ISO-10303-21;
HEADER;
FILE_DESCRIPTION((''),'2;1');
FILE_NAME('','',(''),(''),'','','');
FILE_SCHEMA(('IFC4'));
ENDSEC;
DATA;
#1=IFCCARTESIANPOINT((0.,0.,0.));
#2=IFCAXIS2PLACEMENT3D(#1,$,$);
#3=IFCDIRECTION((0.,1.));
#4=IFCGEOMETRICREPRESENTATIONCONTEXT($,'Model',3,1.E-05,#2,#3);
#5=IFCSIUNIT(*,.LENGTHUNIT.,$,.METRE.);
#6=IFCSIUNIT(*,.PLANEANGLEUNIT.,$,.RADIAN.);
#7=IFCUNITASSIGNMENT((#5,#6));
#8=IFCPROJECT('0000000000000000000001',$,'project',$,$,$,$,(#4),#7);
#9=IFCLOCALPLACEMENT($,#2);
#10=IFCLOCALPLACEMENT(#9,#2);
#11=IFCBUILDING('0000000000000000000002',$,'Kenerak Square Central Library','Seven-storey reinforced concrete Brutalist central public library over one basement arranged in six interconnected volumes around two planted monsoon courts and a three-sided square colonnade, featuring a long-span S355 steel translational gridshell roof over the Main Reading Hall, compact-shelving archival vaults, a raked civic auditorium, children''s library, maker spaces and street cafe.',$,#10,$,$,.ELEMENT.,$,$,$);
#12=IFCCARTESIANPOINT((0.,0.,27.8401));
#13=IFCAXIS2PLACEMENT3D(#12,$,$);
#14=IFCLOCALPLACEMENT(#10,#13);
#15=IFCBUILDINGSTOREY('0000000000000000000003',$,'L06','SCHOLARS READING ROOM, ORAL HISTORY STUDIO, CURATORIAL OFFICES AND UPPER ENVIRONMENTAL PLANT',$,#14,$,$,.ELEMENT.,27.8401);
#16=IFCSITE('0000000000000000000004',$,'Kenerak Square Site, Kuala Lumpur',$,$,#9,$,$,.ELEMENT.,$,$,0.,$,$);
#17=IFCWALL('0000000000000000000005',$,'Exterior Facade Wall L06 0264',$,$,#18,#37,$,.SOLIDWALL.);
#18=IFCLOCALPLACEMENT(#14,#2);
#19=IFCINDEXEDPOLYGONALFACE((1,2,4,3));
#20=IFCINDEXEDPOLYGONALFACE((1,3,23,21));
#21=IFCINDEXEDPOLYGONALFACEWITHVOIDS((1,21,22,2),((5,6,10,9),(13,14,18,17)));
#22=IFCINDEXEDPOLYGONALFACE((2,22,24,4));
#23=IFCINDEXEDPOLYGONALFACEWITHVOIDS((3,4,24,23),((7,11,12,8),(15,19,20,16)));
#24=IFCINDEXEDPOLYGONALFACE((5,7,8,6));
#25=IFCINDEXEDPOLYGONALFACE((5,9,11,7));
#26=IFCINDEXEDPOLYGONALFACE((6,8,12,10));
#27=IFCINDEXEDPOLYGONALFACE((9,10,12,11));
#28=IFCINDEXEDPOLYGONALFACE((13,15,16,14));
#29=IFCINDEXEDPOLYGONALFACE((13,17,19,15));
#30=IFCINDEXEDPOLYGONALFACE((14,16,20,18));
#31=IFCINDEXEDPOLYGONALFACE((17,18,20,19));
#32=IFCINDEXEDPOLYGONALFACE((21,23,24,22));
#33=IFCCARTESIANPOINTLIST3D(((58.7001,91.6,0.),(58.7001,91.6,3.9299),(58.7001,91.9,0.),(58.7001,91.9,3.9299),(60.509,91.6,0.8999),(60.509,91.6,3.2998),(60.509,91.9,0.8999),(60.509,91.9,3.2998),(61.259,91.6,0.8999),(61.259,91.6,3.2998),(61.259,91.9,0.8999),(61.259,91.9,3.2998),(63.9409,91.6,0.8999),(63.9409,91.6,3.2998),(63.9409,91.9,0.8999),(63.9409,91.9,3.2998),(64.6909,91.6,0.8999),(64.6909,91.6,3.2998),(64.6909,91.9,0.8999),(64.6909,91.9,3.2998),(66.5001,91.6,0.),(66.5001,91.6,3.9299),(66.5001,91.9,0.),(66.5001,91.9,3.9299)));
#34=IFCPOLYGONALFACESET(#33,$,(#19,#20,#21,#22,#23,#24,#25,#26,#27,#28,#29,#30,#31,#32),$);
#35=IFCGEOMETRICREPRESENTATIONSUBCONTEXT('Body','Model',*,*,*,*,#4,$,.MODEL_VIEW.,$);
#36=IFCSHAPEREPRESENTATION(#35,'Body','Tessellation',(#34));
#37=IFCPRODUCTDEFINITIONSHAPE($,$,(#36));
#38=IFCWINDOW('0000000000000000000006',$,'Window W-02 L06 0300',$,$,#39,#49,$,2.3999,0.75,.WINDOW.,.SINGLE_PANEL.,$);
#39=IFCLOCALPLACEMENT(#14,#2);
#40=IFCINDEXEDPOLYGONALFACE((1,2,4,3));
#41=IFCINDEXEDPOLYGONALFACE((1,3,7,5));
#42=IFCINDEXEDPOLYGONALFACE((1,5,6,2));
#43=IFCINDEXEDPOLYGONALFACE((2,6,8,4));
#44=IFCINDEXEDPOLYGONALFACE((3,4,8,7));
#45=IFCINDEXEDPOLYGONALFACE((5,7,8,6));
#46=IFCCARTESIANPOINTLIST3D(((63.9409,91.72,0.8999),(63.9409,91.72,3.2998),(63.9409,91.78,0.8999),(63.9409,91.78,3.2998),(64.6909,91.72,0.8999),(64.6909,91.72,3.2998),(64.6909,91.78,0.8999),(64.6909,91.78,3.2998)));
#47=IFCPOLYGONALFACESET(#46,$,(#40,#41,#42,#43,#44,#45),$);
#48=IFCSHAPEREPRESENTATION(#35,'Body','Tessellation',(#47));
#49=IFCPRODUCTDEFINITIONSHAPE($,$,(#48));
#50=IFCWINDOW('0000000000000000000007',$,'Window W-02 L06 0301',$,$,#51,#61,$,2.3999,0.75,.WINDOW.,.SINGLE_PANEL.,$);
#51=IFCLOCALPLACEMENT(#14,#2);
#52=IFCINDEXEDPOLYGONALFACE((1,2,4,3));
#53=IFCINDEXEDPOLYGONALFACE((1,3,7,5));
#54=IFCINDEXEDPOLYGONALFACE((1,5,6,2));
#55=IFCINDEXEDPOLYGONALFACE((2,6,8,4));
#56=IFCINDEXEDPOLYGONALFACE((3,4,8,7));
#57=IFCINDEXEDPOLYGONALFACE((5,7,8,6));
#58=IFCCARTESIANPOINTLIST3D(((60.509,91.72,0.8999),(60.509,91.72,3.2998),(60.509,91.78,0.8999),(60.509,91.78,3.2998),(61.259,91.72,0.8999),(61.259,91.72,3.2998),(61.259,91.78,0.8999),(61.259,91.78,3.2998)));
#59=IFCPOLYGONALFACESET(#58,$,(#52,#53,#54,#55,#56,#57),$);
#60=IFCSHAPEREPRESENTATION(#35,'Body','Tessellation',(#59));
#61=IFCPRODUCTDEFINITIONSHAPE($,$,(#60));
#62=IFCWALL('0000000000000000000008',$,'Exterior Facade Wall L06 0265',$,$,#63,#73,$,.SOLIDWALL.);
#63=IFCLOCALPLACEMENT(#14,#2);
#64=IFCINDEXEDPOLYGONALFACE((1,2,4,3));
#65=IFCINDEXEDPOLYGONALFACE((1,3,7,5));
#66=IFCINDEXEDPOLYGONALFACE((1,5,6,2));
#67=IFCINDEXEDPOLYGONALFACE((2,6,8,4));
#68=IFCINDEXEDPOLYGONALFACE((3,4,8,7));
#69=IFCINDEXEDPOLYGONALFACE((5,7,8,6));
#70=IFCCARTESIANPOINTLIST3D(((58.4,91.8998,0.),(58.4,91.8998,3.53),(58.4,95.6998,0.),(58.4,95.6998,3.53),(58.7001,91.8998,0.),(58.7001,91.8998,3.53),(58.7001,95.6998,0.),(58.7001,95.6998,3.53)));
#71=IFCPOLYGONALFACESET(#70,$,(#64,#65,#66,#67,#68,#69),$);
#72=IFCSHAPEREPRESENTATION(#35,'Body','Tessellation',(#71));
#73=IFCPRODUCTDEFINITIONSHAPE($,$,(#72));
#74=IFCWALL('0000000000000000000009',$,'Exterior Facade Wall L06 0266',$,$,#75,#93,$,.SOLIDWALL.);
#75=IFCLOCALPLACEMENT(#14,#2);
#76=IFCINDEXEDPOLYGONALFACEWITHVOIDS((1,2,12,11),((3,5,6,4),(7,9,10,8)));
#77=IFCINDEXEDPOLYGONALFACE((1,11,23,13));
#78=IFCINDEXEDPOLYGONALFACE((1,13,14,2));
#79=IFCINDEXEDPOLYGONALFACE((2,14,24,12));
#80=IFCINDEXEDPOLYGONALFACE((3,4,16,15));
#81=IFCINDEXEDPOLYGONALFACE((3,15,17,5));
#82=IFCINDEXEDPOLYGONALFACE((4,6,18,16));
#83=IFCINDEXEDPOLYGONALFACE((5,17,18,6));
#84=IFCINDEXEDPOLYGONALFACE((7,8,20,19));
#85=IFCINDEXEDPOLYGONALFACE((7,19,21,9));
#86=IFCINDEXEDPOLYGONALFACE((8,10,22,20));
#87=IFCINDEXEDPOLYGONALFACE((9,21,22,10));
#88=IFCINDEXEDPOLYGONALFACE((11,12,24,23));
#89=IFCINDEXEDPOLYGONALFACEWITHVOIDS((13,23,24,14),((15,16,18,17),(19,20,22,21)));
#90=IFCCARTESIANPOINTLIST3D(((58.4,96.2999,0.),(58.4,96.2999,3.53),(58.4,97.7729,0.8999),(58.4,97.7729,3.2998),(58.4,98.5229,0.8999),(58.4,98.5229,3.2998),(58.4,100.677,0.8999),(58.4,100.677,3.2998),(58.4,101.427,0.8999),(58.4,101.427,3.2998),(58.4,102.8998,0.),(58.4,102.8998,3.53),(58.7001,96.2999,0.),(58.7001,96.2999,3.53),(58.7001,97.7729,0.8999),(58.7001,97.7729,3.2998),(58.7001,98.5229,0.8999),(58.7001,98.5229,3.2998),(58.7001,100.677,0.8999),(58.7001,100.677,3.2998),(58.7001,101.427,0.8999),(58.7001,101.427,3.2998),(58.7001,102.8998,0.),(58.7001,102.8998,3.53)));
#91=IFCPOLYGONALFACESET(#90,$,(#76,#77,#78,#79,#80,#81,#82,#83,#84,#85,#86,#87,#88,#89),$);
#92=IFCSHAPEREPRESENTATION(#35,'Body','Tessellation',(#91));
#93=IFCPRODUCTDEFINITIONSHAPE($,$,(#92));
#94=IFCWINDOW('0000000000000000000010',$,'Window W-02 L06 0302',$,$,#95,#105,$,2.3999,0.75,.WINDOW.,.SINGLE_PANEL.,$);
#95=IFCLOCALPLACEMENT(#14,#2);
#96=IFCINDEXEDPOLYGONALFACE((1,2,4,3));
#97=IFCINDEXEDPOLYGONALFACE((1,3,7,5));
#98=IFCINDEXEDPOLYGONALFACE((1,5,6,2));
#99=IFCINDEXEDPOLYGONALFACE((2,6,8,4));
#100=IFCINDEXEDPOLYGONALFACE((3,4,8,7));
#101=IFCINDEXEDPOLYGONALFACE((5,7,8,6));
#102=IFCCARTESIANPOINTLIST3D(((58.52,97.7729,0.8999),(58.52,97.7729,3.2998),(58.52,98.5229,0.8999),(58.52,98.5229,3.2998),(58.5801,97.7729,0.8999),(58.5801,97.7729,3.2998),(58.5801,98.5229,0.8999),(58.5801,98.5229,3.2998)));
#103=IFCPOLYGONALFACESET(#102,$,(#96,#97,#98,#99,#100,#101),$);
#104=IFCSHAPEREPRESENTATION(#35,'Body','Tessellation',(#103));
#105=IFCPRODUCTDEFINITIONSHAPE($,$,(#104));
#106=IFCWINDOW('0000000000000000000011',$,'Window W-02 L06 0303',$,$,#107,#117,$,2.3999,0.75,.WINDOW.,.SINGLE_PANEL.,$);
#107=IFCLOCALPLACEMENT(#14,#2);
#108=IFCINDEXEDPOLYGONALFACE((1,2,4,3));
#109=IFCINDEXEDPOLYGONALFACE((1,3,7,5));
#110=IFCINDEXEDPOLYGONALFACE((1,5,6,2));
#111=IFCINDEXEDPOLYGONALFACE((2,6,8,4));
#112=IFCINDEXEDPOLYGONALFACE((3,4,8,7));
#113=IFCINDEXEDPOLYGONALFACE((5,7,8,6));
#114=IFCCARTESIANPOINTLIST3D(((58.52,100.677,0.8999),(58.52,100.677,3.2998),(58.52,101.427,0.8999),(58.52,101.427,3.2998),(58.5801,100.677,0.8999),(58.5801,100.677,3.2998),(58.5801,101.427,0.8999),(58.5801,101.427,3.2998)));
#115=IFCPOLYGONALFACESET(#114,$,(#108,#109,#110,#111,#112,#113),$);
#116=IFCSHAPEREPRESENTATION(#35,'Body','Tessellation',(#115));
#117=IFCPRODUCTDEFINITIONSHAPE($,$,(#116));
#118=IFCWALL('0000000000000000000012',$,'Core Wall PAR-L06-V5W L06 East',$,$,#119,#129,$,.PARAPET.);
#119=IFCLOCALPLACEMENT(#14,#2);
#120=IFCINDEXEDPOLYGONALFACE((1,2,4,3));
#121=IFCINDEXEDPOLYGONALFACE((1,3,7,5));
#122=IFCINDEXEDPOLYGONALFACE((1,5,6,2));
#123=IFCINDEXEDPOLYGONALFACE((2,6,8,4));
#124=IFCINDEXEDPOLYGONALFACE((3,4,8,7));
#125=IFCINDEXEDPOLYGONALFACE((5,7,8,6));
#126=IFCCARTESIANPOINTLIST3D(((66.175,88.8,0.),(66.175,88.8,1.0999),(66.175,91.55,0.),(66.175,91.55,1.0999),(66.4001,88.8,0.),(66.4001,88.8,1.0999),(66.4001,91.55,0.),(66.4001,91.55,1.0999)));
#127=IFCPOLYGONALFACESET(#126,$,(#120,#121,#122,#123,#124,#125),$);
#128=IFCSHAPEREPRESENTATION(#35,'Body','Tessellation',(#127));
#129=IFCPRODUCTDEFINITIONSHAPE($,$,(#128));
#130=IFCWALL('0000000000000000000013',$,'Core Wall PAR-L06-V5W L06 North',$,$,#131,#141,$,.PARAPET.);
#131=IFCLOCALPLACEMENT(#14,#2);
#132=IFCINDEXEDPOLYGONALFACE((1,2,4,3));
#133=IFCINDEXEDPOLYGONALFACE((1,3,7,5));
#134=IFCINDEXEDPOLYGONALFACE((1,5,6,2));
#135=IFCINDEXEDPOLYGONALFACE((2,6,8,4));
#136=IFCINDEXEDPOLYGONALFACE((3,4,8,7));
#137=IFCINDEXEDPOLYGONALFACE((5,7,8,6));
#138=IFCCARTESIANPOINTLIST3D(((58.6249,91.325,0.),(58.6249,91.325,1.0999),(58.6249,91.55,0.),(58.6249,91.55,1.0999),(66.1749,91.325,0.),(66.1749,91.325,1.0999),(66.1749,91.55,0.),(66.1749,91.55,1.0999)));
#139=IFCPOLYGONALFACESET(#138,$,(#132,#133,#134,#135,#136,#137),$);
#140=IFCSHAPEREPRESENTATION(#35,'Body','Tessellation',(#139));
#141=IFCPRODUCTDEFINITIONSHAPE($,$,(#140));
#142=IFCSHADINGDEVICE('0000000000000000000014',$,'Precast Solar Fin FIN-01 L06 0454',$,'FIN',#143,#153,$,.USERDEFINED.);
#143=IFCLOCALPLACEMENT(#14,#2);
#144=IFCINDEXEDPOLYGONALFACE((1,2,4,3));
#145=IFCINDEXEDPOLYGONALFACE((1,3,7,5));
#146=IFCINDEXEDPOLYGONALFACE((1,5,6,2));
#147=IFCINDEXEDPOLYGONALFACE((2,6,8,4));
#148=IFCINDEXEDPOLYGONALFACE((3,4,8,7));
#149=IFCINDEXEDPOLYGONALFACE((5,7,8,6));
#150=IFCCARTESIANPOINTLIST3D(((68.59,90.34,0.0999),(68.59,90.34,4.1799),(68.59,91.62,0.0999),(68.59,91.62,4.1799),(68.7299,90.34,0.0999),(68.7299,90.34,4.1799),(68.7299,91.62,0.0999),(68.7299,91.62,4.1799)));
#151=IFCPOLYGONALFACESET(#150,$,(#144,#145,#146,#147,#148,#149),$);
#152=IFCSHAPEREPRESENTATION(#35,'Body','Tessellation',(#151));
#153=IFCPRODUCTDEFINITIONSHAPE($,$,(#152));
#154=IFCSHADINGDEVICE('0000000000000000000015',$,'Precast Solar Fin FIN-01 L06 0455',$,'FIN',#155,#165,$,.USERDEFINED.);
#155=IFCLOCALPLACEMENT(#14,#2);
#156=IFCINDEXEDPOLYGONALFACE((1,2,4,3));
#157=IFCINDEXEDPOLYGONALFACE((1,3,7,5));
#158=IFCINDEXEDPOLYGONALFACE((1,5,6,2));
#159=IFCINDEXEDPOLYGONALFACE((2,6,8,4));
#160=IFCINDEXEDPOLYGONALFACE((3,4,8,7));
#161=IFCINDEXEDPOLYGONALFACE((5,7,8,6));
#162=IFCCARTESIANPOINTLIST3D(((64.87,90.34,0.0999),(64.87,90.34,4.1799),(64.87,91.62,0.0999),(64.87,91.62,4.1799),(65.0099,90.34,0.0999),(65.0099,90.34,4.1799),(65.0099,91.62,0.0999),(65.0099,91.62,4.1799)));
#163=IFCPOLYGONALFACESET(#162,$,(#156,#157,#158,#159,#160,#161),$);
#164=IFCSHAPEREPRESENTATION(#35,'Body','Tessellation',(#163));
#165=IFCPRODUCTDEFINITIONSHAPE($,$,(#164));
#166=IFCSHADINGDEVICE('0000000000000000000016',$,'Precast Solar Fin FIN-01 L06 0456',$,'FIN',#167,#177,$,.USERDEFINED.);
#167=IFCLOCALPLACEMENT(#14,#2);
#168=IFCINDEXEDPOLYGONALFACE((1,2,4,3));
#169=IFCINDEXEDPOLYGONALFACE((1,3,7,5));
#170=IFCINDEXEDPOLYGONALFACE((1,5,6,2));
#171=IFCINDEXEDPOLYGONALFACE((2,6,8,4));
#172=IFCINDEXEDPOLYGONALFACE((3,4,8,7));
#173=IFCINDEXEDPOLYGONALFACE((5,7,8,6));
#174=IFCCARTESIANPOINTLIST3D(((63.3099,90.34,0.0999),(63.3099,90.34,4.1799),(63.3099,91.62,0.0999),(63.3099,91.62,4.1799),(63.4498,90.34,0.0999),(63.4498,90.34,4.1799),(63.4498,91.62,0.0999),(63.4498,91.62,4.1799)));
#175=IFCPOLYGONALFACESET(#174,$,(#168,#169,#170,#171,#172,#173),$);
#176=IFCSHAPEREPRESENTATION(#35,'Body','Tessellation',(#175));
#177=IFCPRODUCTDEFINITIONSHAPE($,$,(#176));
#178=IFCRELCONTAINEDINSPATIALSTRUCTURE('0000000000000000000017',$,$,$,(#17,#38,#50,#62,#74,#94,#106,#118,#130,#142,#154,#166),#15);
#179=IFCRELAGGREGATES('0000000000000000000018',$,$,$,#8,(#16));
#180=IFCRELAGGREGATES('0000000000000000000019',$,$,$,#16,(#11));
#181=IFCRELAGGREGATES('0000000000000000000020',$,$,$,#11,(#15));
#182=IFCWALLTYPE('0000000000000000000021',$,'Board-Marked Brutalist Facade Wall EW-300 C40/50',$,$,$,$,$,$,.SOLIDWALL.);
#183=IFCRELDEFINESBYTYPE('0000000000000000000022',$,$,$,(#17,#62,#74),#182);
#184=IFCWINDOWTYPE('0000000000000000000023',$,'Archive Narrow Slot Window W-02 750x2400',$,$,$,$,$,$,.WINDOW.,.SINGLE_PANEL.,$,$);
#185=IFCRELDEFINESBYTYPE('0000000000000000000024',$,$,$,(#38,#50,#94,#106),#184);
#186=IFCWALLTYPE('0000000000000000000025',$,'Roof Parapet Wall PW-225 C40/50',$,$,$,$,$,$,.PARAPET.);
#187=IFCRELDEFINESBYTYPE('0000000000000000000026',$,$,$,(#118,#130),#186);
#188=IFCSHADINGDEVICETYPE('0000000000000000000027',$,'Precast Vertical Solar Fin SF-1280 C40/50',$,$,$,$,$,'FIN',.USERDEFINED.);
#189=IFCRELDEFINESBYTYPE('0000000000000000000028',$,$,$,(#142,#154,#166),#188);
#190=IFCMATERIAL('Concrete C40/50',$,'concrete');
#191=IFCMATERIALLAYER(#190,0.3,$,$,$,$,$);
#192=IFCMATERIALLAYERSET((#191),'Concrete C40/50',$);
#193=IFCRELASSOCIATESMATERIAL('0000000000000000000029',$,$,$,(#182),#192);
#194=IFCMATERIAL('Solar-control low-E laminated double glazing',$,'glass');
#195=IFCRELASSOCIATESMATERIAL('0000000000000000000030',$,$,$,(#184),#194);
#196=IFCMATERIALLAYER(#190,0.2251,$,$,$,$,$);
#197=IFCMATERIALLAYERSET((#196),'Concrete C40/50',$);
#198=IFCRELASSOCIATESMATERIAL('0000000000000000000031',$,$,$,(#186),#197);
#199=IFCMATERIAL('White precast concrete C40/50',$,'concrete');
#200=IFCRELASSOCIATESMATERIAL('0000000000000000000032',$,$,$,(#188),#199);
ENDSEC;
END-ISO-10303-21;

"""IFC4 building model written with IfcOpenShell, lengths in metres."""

from ifc_helpers import new_model, si_unit, direction, frame, frame_2d, origin, origin_2d, place, context, subcontext, project, spatial, rectangle, extrude, material, layer, layer_set, type_object, element, fill, save


model = new_model("IFC4")

# Units and contexts
model_context = context("Model", 3, precision=1e-05, world=origin(), true_north=direction((0.0, 1.0)))
body_context = subcontext(model_context, "Body", "Model", "MODEL_VIEW")
ifc_project = project(units=[si_unit("LENGTHUNIT", "METRE"), si_unit("PLANEANGLEUNIT", "RADIAN")], contexts=[model_context])

# Site, building, storey
site_placement = place(None, origin())
site = spatial("IfcSite", under=ifc_project, at=site_placement, Name="Kenerak Square Site, Kuala Lumpur", CompositionType="ELEMENT", RefElevation=0.0)
building_placement = place(site_placement, origin())
building = spatial("IfcBuilding", under=site, at=building_placement, Name="Kenerak Square Central Library", Description="Seven-storey reinforced concrete Brutalist central public library over one basement arranged in six interconnected volumes around two planted monsoon courts and a three-sided square colonnade, featuring a long-span S355 steel translational gridshell roof over the Main Reading Hall, compact-shelving archival vaults, a raked civic auditorium, children's library, maker spaces and street cafe.", CompositionType="ELEMENT")
storey_placement = place(building_placement, frame((0.0, 0.0, 27.8401)))
storey = spatial("IfcBuildingStorey", under=building, at=storey_placement, Name="L06", Description="SCHOLARS READING ROOM, ORAL HISTORY STUDIO, CURATORIAL OFFICES AND UPPER ENVIRONMENTAL PLANT", CompositionType="ELEMENT", Elevation=27.8401)

# Shared definitions
ifc_material_1 = material(Name="Concrete C40/50", Category="concrete")

# Wall, openings, windows
ifc_layer_1 = layer(ifc_material_1, 0.3)
ifc_layer_set_1 = layer_set([ifc_layer_1], Name="Concrete C40/50")
wall_type_1 = type_object("IfcWallType", Name="Board-Marked Brutalist Facade Wall EW-300 C40/50", PredefinedType="SOLIDWALL", material=ifc_layer_set_1)
wall_1_placement = place(storey_placement, frame((66.5, 91.75, 0.0), z_axis=(0.0, 0.0, 1.0), x_axis=(-1.0, 0.0, 0.0)))
wall_1 = element("IfcWall", 1, at=wall_1_placement, inside=storey, type_object=wall_type_1, Name="Exterior Facade Wall L06 0264", PredefinedType="SOLIDWALL", context=body_context, shape_type="SweptSolid", body=[
    extrude(rectangle(XDim=7.8, YDim=0.3, at=frame_2d((3.8999, 0.0))), origin(), (0.0, 0.0, 1.0), 3.9299),
])
opening_1_placement = place(wall_1_placement, frame((1.8091, 0.0, 0.8999)))
opening_1 = element("IfcOpeningElement", 2, at=opening_1_placement, cuts=wall_1, PredefinedType="OPENING", context=body_context, shape_type="SweptSolid", body=[
    extrude(rectangle(XDim=0.75, YDim=2.3999, at=frame_2d((0.375, 1.2))), frame((0.0, 0.1599, 0.0), z_axis=(0.0, -1.0, 0.0), x_axis=(1.0, 0.0, 0.0)), (0.0, 0.0, 1.0), 0.3201),
])
opening_2_placement = place(wall_1_placement, frame((5.241, 0.0, 0.8999)))
opening_2 = element("IfcOpeningElement", 3, at=opening_2_placement, cuts=wall_1, PredefinedType="OPENING", context=body_context, shape_type="SweptSolid", body=[
    extrude(rectangle(XDim=0.75, YDim=2.3999, at=frame_2d((0.375, 1.2))), frame((0.0, 0.1599, 0.0), z_axis=(0.0, -1.0, 0.0), x_axis=(1.0, 0.0, 0.0)), (0.0, 0.0, 1.0), 0.3201),
])
ifc_material_2 = material(Name="Solar-control low-E laminated double glazing", Category="glass")
window_type = type_object("IfcWindowType", Name="Archive Narrow Slot Window W-02 750x2400", PartitioningType="SINGLE_PANEL", PredefinedType="WINDOW", material=ifc_material_2)
window_1_placement = place(opening_1_placement, origin())
window_1 = element("IfcWindow", 4, at=window_1_placement, inside=storey, type_object=window_type, Name="Window W-02 L06 0300", OverallHeight=2.3999, OverallWidth=0.75, PartitioningType="SINGLE_PANEL", PredefinedType="WINDOW", context=body_context, shape_type="SweptSolid", body=[
    extrude(rectangle(XDim=0.75, YDim=2.3999, at=frame_2d((0.375, 1.2))), frame((0.0, 0.03, 0.0), z_axis=(0.0, -1.0, 0.0), x_axis=(1.0, 0.0, 0.0)), (0.0, 0.0, 1.0), 0.0601),
])
fill(opening_1, window_1)
window_2_placement = place(opening_2_placement, origin())
window_2 = element("IfcWindow", 5, at=window_2_placement, inside=storey, type_object=window_type, Name="Window W-02 L06 0301", OverallHeight=2.3999, OverallWidth=0.75, PartitioningType="SINGLE_PANEL", PredefinedType="WINDOW", context=body_context, shape_type="SweptSolid", body=[
    extrude(rectangle(XDim=0.75, YDim=2.3999, at=frame_2d((0.375, 1.2))), frame((0.0, 0.03, 0.0), z_axis=(0.0, -1.0, 0.0), x_axis=(1.0, 0.0, 0.0)), (0.0, 0.0, 1.0), 0.0601),
])
fill(opening_2, window_2)

# Wall
wall_2_placement = place(storey_placement, frame((58.55, 91.8999, 0.0), z_axis=(0.0, 0.0, 1.0), x_axis=(0.0, 1.0, 0.0)))
element("IfcWall", 6, at=wall_2_placement, inside=storey, type_object=wall_type_1, Name="Exterior Facade Wall L06 0265", PredefinedType="SOLIDWALL", context=body_context, shape_type="SweptSolid", body=[
    extrude(rectangle(XDim=3.8, YDim=0.3, at=frame_2d((1.8999, 0.0))), origin(), (0.0, 0.0, 1.0), 3.53),
])

# Wall, openings, windows
wall_3_placement = place(storey_placement, frame((58.55, 96.3, 0.0), z_axis=(0.0, 0.0, 1.0), x_axis=(0.0, 1.0, 0.0)))
wall_3 = element("IfcWall", 7, at=wall_3_placement, inside=storey, type_object=wall_type_1, Name="Exterior Facade Wall L06 0266", PredefinedType="SOLIDWALL", context=body_context, shape_type="SweptSolid", body=[
    extrude(rectangle(XDim=6.5999, YDim=0.3, at=frame_2d((3.2998, 0.0))), origin(), (0.0, 0.0, 1.0), 3.53),
])
opening_3_placement = place(wall_3_placement, frame((1.4729, 0.0, 0.8999)))
opening_3 = element("IfcOpeningElement", 8, at=opening_3_placement, cuts=wall_3, PredefinedType="OPENING", context=body_context, shape_type="SweptSolid", body=[
    extrude(rectangle(XDim=0.75, YDim=2.3999, at=frame_2d((0.375, 1.2))), frame((0.0, 0.1599, 0.0), z_axis=(0.0, -1.0, 0.0), x_axis=(1.0, 0.0, 0.0)), (0.0, 0.0, 1.0), 0.3201),
])
opening_4_placement = place(wall_3_placement, frame((4.377, 0.0, 0.8999)))
opening_4 = element("IfcOpeningElement", 9, at=opening_4_placement, cuts=wall_3, PredefinedType="OPENING", context=body_context, shape_type="SweptSolid", body=[
    extrude(rectangle(XDim=0.75, YDim=2.3999, at=frame_2d((0.375, 1.2))), frame((0.0, 0.1599, 0.0), z_axis=(0.0, -1.0, 0.0), x_axis=(1.0, 0.0, 0.0)), (0.0, 0.0, 1.0), 0.3201),
])
window_3_placement = place(opening_3_placement, origin())
window_3 = element("IfcWindow", 10, at=window_3_placement, inside=storey, type_object=window_type, Name="Window W-02 L06 0302", OverallHeight=2.3999, OverallWidth=0.75, PartitioningType="SINGLE_PANEL", PredefinedType="WINDOW", context=body_context, shape_type="SweptSolid", body=[
    extrude(rectangle(XDim=0.75, YDim=2.3999, at=frame_2d((0.375, 1.2))), frame((0.0, 0.03, 0.0), z_axis=(0.0, -1.0, 0.0), x_axis=(1.0, 0.0, 0.0)), (0.0, 0.0, 1.0), 0.0601),
])
fill(opening_3, window_3)
window_4_placement = place(opening_4_placement, origin())
window_4 = element("IfcWindow", 11, at=window_4_placement, inside=storey, type_object=window_type, Name="Window W-02 L06 0303", OverallHeight=2.3999, OverallWidth=0.75, PartitioningType="SINGLE_PANEL", PredefinedType="WINDOW", context=body_context, shape_type="SweptSolid", body=[
    extrude(rectangle(XDim=0.75, YDim=2.3999, at=frame_2d((0.375, 1.2))), frame((0.0, 0.03, 0.0), z_axis=(0.0, -1.0, 0.0), x_axis=(1.0, 0.0, 0.0)), (0.0, 0.0, 1.0), 0.0601),
])
fill(opening_4, window_4)

# Walls
ifc_layer_2 = layer(ifc_material_1, 0.2251)
ifc_layer_set_2 = layer_set([ifc_layer_2], Name="Concrete C40/50")
wall_type_2 = type_object("IfcWallType", Name="Roof Parapet Wall PW-225 C40/50", PredefinedType="PARAPET", material=ifc_layer_set_2)
wall_4_placement = place(storey_placement, frame((66.2876, 91.55, 0.0), z_axis=(0.0, 0.0, 1.0), x_axis=(0.0, -1.0, 0.0)))
element("IfcWall", 12, at=wall_4_placement, inside=storey, type_object=wall_type_2, Name="Core Wall PAR-L06-V5W L06 East", PredefinedType="PARAPET", context=body_context, shape_type="SweptSolid", body=[
    extrude(rectangle(XDim=2.75, YDim=0.2251, at=frame_2d((1.375, 0.0))), origin(), (0.0, 0.0, 1.0), 1.0999),
])
wall_5_placement = place(storey_placement, frame((58.625, 91.4375, 0.0), z_axis=(0.0, 0.0, 1.0), x_axis=(1.0, 0.0, 0.0)))
element("IfcWall", 13, at=wall_5_placement, inside=storey, type_object=wall_type_2, Name="Core Wall PAR-L06-V5W L06 North", PredefinedType="PARAPET", context=body_context, shape_type="SweptSolid", body=[
    extrude(rectangle(XDim=7.55, YDim=0.2251, at=frame_2d((3.7749, 0.0))), origin(), (0.0, 0.0, 1.0), 1.0999),
])

# Shading devices
ifc_material_3 = material(Name="White precast concrete C40/50", Category="concrete")
shading_device_type = type_object("IfcShadingDeviceType", Name="Precast Vertical Solar Fin SF-1280 C40/50", ElementType="FIN", PredefinedType="USERDEFINED", material=ifc_material_3)
for number, where, z_axis, x_axis, name in (
    (14, (68.6599, 90.98, 0.0999), (0.0, 0.0, 1.0), (-1.0, 0.0, 0.0), "Precast Solar Fin FIN-01 L06 0454"),
    (15, (64.9399, 90.98, 0.0999), (0.0, 0.0, 1.0), (-1.0, 0.0, 0.0), "Precast Solar Fin FIN-01 L06 0455"),
    (16, (63.3799, 90.98, 0.0999), (0.0, 0.0, 1.0), (-1.0, 0.0, 0.0), "Precast Solar Fin FIN-01 L06 0456"),
):
    element("IfcShadingDevice", number, at=place(storey_placement, frame(where, z_axis=z_axis, x_axis=x_axis)), inside=storey, type_object=shading_device_type, Name=name, ObjectType="FIN", PredefinedType="USERDEFINED", context=body_context, shape_type="SweptSolid", body=[
        extrude(rectangle(XDim=0.1399, YDim=1.28, at=origin_2d()), origin(), (0.0, 0.0, 1.0), 4.0801),
    ])

save(model, "model.ifc")
